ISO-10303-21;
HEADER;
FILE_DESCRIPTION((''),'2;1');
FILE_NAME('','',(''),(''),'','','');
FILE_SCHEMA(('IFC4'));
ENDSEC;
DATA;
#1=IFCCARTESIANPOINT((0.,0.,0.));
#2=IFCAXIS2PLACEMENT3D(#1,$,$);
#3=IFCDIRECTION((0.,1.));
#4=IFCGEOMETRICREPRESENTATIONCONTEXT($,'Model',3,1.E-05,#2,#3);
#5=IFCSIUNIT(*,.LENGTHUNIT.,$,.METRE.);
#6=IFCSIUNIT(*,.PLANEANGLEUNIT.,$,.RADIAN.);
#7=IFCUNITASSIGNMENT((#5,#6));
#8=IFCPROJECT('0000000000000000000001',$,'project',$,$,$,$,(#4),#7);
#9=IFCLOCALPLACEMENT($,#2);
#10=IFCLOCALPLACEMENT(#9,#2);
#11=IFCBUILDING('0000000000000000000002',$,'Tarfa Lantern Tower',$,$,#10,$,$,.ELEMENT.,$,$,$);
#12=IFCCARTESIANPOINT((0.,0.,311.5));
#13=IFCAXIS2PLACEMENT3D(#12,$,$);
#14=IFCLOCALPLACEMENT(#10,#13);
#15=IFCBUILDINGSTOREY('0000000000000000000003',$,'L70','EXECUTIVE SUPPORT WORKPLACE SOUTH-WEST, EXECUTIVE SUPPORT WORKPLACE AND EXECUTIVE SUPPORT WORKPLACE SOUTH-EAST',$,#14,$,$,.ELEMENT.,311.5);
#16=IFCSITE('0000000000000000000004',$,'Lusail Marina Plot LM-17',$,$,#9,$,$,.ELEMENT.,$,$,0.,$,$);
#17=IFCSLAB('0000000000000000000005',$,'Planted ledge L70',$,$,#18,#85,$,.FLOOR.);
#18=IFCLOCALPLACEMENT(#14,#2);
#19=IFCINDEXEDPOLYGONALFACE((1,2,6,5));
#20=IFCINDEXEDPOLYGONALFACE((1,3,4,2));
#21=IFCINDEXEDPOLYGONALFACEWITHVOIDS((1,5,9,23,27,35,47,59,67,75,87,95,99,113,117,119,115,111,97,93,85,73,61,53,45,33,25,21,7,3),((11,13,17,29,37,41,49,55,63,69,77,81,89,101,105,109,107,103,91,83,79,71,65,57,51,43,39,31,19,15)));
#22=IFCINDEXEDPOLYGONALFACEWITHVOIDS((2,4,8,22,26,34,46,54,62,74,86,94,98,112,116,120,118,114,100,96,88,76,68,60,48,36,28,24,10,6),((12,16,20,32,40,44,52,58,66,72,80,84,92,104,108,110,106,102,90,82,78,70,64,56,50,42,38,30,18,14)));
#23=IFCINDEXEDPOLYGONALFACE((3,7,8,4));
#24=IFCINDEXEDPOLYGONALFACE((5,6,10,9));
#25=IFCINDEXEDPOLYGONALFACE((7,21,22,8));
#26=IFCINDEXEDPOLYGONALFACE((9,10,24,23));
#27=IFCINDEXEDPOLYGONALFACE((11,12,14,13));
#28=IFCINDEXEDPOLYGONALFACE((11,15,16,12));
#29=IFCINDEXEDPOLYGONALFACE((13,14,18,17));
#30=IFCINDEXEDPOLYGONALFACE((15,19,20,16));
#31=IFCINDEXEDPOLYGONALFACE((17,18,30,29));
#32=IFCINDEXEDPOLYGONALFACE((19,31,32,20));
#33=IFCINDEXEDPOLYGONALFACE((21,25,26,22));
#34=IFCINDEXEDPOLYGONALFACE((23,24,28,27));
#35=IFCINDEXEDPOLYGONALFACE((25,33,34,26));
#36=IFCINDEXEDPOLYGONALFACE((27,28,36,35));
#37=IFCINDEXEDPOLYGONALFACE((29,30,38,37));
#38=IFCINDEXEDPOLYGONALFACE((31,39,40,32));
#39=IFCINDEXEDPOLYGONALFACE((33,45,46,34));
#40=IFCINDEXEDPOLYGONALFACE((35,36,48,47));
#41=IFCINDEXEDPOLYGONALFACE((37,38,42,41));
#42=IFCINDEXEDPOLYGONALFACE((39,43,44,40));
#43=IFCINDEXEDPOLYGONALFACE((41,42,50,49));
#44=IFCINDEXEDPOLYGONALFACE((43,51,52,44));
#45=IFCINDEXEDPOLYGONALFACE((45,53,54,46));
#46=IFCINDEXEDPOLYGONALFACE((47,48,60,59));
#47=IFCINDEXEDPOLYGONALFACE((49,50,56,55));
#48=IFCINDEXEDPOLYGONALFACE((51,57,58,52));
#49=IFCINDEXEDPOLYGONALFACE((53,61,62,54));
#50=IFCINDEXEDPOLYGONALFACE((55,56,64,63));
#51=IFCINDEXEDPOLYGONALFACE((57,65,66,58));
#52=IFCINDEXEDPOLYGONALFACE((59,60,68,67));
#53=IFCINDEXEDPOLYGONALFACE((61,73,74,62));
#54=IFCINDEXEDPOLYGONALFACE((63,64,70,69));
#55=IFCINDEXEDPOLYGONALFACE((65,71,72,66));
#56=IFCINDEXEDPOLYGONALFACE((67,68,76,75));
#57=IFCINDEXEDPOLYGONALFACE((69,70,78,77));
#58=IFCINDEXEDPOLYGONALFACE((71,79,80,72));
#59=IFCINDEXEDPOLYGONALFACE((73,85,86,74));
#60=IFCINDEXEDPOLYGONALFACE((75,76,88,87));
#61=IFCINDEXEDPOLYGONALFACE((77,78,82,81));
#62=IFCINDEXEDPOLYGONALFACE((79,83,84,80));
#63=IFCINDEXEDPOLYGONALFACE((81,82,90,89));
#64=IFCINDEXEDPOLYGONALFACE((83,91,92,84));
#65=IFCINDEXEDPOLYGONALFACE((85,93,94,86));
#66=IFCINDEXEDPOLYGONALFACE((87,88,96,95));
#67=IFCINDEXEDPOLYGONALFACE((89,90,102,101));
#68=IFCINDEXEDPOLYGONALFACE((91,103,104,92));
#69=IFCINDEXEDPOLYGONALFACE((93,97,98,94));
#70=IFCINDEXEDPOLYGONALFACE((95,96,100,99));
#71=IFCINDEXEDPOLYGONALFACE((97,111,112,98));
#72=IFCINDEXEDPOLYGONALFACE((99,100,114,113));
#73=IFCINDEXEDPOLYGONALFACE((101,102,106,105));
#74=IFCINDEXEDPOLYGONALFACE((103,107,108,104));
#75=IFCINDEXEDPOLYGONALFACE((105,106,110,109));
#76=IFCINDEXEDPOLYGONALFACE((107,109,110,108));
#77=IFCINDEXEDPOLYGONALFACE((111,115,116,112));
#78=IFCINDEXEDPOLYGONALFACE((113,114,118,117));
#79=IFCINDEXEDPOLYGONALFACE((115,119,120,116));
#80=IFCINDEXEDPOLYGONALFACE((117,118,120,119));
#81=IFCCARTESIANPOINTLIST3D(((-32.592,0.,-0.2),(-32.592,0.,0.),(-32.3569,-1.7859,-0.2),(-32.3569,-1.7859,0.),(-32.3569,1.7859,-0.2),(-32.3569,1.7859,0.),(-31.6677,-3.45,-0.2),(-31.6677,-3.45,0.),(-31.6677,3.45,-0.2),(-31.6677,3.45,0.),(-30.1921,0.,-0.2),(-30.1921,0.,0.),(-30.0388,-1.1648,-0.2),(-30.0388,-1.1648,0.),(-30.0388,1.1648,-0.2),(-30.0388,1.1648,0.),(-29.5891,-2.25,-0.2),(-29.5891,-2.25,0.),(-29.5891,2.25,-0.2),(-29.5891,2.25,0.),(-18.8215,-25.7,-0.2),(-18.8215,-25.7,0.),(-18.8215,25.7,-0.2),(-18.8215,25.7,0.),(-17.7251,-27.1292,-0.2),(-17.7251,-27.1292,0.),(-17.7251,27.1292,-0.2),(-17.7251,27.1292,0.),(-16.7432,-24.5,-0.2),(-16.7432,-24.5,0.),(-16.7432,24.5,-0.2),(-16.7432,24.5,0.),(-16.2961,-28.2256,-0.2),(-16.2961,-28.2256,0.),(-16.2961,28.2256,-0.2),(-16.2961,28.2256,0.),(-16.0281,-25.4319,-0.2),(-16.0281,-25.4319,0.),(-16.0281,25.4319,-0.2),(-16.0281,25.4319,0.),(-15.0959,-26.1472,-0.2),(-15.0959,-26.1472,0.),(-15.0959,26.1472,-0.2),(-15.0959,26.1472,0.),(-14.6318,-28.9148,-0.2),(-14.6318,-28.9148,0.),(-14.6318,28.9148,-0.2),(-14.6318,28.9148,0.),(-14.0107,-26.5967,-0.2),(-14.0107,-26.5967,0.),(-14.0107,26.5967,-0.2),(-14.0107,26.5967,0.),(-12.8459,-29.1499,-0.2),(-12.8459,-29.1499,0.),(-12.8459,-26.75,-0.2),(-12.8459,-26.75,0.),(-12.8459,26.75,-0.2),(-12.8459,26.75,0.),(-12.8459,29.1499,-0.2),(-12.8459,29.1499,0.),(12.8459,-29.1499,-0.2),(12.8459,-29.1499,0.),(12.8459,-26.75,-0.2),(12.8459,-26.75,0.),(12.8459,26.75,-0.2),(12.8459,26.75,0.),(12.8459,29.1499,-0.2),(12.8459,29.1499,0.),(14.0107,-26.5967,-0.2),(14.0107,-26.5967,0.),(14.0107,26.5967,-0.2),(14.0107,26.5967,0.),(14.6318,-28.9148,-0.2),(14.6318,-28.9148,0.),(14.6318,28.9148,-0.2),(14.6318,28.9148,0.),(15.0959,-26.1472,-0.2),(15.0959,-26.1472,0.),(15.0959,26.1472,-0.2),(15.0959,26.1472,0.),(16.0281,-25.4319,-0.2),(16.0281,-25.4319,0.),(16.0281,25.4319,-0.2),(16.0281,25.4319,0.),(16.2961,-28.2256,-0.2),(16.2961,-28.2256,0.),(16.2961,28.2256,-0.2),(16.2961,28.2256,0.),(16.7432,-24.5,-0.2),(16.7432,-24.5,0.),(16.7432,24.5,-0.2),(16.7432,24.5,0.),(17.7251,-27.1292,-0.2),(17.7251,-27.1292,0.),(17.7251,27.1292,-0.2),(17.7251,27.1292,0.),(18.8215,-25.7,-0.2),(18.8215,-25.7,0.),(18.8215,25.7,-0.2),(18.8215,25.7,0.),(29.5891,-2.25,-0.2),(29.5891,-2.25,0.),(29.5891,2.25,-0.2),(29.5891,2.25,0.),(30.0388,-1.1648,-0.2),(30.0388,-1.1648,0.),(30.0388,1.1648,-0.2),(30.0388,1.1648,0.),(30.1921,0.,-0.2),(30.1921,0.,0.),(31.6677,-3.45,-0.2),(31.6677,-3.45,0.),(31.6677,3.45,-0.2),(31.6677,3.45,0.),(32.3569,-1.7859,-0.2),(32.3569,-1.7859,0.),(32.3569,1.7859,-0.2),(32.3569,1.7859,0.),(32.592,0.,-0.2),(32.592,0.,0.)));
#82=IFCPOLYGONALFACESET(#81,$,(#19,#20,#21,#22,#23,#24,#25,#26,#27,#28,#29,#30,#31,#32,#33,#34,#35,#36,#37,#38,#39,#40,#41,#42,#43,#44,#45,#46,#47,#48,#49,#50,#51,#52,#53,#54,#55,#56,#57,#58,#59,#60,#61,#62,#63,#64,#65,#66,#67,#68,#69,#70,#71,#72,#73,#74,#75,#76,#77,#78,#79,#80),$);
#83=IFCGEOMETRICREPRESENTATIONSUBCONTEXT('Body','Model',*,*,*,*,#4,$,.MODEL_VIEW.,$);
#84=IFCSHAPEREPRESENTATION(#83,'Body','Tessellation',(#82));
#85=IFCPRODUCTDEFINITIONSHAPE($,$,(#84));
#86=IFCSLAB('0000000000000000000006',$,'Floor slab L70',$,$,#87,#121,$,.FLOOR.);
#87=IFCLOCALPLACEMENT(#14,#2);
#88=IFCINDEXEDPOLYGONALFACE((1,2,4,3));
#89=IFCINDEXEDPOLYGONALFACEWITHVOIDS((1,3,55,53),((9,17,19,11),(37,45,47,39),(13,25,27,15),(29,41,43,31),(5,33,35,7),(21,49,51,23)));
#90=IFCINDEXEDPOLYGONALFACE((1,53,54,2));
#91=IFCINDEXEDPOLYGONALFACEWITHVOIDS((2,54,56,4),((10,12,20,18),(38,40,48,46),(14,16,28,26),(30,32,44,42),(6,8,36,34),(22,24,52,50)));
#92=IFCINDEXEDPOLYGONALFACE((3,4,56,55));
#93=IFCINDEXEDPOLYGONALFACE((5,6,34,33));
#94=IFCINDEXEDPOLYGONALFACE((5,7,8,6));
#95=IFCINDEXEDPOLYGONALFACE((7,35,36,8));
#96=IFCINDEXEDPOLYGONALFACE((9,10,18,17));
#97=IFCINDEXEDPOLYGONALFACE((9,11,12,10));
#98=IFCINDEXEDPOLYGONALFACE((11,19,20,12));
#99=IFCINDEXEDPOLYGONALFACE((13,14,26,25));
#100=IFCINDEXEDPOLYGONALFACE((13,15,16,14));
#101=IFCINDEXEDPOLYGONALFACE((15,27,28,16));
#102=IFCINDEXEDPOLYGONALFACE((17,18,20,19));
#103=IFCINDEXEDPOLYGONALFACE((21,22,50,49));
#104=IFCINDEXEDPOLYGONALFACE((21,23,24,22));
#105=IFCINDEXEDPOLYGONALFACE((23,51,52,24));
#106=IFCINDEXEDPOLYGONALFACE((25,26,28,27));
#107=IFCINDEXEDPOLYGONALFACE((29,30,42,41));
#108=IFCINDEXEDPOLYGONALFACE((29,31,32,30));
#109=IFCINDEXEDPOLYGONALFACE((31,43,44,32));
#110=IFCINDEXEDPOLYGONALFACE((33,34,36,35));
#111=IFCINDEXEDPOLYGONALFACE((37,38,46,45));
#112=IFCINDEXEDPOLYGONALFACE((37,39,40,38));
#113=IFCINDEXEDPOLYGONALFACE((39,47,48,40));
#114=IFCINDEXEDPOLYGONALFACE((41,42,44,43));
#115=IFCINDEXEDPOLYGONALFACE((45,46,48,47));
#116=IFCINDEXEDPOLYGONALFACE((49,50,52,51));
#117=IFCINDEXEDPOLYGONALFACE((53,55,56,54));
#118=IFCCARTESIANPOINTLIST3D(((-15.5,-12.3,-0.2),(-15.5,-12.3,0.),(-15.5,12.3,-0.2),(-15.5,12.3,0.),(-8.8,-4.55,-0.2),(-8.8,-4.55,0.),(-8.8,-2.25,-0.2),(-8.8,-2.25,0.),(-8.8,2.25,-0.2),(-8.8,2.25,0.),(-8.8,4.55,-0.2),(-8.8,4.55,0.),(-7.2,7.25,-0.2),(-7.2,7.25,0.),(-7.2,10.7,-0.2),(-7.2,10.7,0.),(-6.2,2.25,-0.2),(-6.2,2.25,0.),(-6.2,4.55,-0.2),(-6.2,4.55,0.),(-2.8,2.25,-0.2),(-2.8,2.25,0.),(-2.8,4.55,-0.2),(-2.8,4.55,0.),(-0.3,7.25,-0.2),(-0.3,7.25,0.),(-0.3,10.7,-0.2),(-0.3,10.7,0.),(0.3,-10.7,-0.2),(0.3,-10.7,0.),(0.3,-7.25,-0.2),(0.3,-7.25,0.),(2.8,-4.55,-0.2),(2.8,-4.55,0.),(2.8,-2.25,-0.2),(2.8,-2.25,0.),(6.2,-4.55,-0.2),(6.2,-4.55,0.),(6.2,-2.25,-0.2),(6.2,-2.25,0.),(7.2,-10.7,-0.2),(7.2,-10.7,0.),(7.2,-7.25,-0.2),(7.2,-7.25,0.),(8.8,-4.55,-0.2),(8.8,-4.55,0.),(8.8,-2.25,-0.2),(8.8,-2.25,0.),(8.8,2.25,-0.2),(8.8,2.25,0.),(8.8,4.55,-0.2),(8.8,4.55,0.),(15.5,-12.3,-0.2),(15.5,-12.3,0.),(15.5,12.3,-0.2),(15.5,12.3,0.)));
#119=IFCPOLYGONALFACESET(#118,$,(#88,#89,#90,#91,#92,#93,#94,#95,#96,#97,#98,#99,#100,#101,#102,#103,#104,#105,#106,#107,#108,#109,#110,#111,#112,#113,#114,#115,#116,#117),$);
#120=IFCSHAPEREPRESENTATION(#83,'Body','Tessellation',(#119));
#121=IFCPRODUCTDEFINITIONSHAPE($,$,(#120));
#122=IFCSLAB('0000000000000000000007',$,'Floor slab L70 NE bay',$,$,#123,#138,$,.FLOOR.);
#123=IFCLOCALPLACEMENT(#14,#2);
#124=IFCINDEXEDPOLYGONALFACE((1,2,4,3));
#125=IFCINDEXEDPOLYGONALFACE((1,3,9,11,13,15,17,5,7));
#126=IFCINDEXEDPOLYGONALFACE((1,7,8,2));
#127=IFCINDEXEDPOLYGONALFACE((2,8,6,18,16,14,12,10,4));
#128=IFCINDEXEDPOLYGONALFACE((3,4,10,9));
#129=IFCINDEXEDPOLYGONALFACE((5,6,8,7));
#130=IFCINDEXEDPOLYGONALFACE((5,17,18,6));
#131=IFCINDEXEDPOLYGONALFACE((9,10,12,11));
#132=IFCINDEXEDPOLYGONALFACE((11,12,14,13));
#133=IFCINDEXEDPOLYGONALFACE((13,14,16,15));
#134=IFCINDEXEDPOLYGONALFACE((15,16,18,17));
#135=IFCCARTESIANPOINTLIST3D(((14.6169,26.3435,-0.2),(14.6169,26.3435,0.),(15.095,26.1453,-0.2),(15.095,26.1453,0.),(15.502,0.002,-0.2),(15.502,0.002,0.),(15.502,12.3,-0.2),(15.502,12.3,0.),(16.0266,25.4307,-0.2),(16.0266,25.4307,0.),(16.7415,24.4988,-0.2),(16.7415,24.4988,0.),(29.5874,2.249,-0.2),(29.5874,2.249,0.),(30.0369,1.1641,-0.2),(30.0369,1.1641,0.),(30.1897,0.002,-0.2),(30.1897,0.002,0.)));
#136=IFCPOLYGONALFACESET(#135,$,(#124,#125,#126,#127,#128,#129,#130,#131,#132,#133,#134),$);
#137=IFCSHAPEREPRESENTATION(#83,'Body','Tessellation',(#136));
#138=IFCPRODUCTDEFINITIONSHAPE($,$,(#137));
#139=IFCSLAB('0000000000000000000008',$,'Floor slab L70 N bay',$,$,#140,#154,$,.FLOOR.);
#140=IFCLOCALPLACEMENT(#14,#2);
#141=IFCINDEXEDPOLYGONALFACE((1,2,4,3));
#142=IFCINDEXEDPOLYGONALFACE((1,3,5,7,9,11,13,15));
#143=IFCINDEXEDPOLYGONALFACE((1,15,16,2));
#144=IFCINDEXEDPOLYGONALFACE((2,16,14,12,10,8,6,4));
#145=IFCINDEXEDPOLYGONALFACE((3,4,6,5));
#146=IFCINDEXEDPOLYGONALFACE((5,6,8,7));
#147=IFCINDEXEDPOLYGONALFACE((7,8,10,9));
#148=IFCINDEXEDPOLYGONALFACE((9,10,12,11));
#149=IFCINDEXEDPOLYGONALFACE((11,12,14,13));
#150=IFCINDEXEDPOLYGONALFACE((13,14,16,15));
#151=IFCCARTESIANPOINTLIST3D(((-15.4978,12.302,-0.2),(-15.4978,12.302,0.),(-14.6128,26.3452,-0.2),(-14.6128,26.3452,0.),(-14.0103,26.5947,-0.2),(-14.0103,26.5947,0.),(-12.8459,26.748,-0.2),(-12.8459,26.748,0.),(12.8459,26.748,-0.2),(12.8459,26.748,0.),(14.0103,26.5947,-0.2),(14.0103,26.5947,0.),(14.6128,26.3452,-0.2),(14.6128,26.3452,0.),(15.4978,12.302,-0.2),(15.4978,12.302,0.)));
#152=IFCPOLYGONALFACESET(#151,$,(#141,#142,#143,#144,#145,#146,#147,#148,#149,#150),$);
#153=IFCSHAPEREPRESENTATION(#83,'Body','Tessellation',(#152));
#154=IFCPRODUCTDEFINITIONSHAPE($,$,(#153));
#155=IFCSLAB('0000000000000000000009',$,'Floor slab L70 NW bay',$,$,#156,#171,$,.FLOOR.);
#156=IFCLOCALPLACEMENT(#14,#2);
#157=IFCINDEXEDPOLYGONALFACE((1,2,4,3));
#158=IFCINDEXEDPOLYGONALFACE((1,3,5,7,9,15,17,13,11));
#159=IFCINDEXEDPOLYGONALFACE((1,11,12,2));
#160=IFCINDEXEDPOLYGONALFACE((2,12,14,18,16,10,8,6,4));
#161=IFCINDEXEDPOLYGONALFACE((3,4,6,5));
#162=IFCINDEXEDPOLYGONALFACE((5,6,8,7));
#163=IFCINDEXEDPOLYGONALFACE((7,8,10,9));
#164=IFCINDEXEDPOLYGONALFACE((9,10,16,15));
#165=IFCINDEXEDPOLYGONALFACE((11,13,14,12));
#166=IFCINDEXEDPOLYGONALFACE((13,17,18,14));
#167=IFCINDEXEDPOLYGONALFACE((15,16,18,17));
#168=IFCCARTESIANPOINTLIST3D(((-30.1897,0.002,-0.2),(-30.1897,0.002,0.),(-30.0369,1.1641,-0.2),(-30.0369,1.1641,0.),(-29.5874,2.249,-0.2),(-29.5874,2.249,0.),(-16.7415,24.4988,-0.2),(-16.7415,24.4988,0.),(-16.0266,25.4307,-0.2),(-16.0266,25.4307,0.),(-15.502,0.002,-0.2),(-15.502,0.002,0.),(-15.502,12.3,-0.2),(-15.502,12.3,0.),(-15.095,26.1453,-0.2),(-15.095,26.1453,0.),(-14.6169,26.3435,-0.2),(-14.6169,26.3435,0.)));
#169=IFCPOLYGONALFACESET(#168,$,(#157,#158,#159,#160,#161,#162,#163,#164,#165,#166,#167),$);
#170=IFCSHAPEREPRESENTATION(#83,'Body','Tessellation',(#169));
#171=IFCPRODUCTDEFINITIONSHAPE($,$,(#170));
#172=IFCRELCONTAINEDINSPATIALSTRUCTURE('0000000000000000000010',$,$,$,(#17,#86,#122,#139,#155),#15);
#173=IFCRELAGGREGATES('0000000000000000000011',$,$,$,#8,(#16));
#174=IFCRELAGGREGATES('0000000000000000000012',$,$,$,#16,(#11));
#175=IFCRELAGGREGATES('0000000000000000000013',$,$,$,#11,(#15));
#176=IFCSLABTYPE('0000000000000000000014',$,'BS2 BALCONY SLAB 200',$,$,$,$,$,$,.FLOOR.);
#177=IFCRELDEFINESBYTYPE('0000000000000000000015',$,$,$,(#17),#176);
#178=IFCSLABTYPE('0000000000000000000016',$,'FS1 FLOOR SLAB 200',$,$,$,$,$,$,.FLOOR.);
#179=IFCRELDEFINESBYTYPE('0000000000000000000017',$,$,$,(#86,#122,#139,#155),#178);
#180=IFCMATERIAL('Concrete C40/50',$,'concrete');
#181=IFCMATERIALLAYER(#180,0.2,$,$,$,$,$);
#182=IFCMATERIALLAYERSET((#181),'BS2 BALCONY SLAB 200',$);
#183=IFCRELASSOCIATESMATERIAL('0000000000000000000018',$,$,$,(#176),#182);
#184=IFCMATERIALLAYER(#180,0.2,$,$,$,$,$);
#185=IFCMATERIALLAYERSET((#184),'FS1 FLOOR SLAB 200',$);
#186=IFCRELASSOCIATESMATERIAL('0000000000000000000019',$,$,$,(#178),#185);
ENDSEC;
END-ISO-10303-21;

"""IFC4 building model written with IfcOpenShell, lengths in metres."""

from ifc_helpers import new_model, si_unit, direction, frame, origin, place, context, subcontext, project, spatial, polyline, outline, extrude, material, layer, layer_set, type_object, element, save


model = new_model("IFC4")

# Units and contexts
model_context = context("Model", 3, precision=1e-05, world=origin(), true_north=direction((0.0, 1.0)))
body_context = subcontext(model_context, "Body", "Model", "MODEL_VIEW")
ifc_project = project(units=[si_unit("LENGTHUNIT", "METRE"), si_unit("PLANEANGLEUNIT", "RADIAN")], contexts=[model_context])

# Site, building, storey
site_placement = place(None, origin())
site = spatial("IfcSite", under=ifc_project, at=site_placement, Name="Lusail Marina Plot LM-17", CompositionType="ELEMENT", RefElevation=0.0)
building_placement = place(site_placement, origin())
building = spatial("IfcBuilding", under=site, at=building_placement, Name="Tarfa Lantern Tower", CompositionType="ELEMENT")
storey_placement = place(building_placement, frame((0.0, 0.0, 311.5)))
storey = spatial("IfcBuildingStorey", under=building, at=storey_placement, Name="L70", Description="EXECUTIVE SUPPORT WORKPLACE SOUTH-WEST, EXECUTIVE SUPPORT WORKPLACE AND EXECUTIVE SUPPORT WORKPLACE SOUTH-EAST", CompositionType="ELEMENT", Elevation=311.5)

# Slabs
ifc_material_1 = material(Name="Concrete C40/50", Category="concrete")
ifc_layer_1 = layer(ifc_material_1, 0.2)
ifc_layer_set_1 = layer_set([ifc_layer_1], Name="BS2 BALCONY SLAB 200")
slab_type_1 = type_object("IfcSlabType", Name="BS2 BALCONY SLAB 200", PredefinedType="FLOOR", material=ifc_layer_set_1)
slab_1_placement = place(storey_placement, frame((0.0, 0.0, -0.2)))
element("IfcSlab", 1, at=slab_1_placement, inside=storey, type_object=slab_type_1, Name="Planted ledge L70", PredefinedType="FLOOR", context=body_context, shape_type="SweptSolid", body=[
    extrude(outline(polyline([(31.6677, 3.45), (18.8215, 25.7), (17.7251, 27.1292), (16.2961, 28.2256), (14.6318, 28.9148), (12.8459, 29.1499), (-12.8459, 29.1499), (-14.6318, 28.9148), (-16.2961, 28.2256), (-17.7251, 27.1292), (-18.8215, 25.7), (-31.6677, 3.45), (-32.3569, 1.7859), (-32.592, 0.0), (-32.3569, -1.7859), (-31.6677, -3.45), (-18.8215, -25.7), (-17.7251, -27.1292), (-16.2961, -28.2256), (-14.6318, -28.9148), (-12.8459, -29.1499), (12.8459, -29.1499), (14.6318, -28.9148), (16.2961, -28.2256), (17.7251, -27.1292), (18.8215, -25.7), (31.6677, -3.45), (32.3569, -1.7859), (32.592, 0.0), (32.3569, 1.7859), (31.6677, 3.45)]), holes=[polyline([(29.5891, 2.25), (16.7432, 24.5), (16.0281, 25.4319), (15.0959, 26.1472), (14.0107, 26.5967), (12.8459, 26.75), (-12.8459, 26.75), (-14.0107, 26.5967), (-15.0959, 26.1472), (-16.0281, 25.4319), (-16.7432, 24.5), (-29.5891, 2.25), (-30.0388, 1.1648), (-30.1921, 0.0), (-30.0388, -1.1648), (-29.5891, -2.25), (-16.7432, -24.5), (-16.0281, -25.4319), (-15.0959, -26.1472), (-14.0107, -26.5967), (-12.8459, -26.75), (12.8459, -26.75), (14.0107, -26.5967), (15.0959, -26.1472), (16.0281, -25.4319), (16.7432, -24.5), (29.5891, -2.25), (30.0388, -1.1648), (30.1921, 0.0), (30.0388, 1.1648), (29.5891, 2.25)])]), origin(), (0.0, 0.0, 1.0), 0.2),
])
ifc_layer_2 = layer(ifc_material_1, 0.2)
ifc_layer_set_2 = layer_set([ifc_layer_2], Name="FS1 FLOOR SLAB 200")
slab_type_2 = type_object("IfcSlabType", Name="FS1 FLOOR SLAB 200", PredefinedType="FLOOR", material=ifc_layer_set_2)
slab_2_placement = place(storey_placement, frame((0.0, 0.0, -0.2)))
element("IfcSlab", 2, at=slab_2_placement, inside=storey, type_object=slab_type_2, Name="Floor slab L70", PredefinedType="FLOOR", context=body_context, shape_type="SweptSolid", body=[
    extrude(outline(polyline([(-15.5, -12.3), (15.5, -12.3), (15.5, 12.3), (-15.5, 12.3), (-15.5, -12.3)]), holes=[polyline([(-8.8, 2.25), (-6.2, 2.25), (-6.2, 4.55), (-8.8, 4.55), (-8.8, 2.25)]), polyline([(-2.8, 2.25), (8.8, 2.25), (8.8, 4.55), (-2.8, 4.55), (-2.8, 2.25)]), polyline([(8.8, -2.25), (6.2, -2.25), (6.2, -4.55), (8.8, -4.55), (8.8, -2.25)]), polyline([(2.8, -2.25), (-8.8, -2.25), (-8.8, -4.55), (2.8, -4.55), (2.8, -2.25)]), polyline([(-7.2, 7.25), (-0.3, 7.25), (-0.3, 10.7), (-7.2, 10.7), (-7.2, 7.25)]), polyline([(7.2, -7.25), (0.3, -7.25), (0.3, -10.7), (7.2, -10.7), (7.2, -7.25)])]), origin(), (0.0, 0.0, 1.0), 0.2),
])
slab_3_placement = place(storey_placement, frame((0.0, 0.0, -0.2)))
element("IfcSlab", 3, at=slab_3_placement, inside=storey, type_object=slab_type_2, Name="Floor slab L70 NE bay", PredefinedType="FLOOR", context=body_context, shape_type="SweptSolid", body=[
    extrude(outline(polyline([(29.5874, 2.249), (16.7415, 24.4988), (16.0266, 25.4307), (15.095, 26.1453), (14.6169, 26.3435), (15.502, 12.3), (15.502, 0.002), (30.1897, 0.002), (30.0369, 1.1641), (29.5874, 2.249)])), origin(), (0.0, 0.0, 1.0), 0.2),
])
slab_4_placement = place(storey_placement, frame((0.0, 0.0, -0.2)))
element("IfcSlab", 4, at=slab_4_placement, inside=storey, type_object=slab_type_2, Name="Floor slab L70 N bay", PredefinedType="FLOOR", context=body_context, shape_type="SweptSolid", body=[
    extrude(outline(polyline([(-15.4978, 12.302), (15.4978, 12.302), (14.6128, 26.3452), (14.0103, 26.5947), (12.8459, 26.748), (-12.8459, 26.748), (-14.0103, 26.5947), (-14.6128, 26.3452), (-15.4978, 12.302)])), origin(), (0.0, 0.0, 1.0), 0.2),
])
slab_5_placement = place(storey_placement, frame((0.0, 0.0, -0.2)))
element("IfcSlab", 5, at=slab_5_placement, inside=storey, type_object=slab_type_2, Name="Floor slab L70 NW bay", PredefinedType="FLOOR", context=body_context, shape_type="SweptSolid", body=[
    extrude(outline(polyline([(-15.502, 0.002), (-15.502, 12.3), (-14.6169, 26.3435), (-15.095, 26.1453), (-16.0266, 25.4307), (-16.7415, 24.4988), (-29.5874, 2.249), (-30.0369, 1.1641), (-30.1897, 0.002), (-15.502, 0.002)])), origin(), (0.0, 0.0, 1.0), 0.2),
])

save(model, "model.ifc")
